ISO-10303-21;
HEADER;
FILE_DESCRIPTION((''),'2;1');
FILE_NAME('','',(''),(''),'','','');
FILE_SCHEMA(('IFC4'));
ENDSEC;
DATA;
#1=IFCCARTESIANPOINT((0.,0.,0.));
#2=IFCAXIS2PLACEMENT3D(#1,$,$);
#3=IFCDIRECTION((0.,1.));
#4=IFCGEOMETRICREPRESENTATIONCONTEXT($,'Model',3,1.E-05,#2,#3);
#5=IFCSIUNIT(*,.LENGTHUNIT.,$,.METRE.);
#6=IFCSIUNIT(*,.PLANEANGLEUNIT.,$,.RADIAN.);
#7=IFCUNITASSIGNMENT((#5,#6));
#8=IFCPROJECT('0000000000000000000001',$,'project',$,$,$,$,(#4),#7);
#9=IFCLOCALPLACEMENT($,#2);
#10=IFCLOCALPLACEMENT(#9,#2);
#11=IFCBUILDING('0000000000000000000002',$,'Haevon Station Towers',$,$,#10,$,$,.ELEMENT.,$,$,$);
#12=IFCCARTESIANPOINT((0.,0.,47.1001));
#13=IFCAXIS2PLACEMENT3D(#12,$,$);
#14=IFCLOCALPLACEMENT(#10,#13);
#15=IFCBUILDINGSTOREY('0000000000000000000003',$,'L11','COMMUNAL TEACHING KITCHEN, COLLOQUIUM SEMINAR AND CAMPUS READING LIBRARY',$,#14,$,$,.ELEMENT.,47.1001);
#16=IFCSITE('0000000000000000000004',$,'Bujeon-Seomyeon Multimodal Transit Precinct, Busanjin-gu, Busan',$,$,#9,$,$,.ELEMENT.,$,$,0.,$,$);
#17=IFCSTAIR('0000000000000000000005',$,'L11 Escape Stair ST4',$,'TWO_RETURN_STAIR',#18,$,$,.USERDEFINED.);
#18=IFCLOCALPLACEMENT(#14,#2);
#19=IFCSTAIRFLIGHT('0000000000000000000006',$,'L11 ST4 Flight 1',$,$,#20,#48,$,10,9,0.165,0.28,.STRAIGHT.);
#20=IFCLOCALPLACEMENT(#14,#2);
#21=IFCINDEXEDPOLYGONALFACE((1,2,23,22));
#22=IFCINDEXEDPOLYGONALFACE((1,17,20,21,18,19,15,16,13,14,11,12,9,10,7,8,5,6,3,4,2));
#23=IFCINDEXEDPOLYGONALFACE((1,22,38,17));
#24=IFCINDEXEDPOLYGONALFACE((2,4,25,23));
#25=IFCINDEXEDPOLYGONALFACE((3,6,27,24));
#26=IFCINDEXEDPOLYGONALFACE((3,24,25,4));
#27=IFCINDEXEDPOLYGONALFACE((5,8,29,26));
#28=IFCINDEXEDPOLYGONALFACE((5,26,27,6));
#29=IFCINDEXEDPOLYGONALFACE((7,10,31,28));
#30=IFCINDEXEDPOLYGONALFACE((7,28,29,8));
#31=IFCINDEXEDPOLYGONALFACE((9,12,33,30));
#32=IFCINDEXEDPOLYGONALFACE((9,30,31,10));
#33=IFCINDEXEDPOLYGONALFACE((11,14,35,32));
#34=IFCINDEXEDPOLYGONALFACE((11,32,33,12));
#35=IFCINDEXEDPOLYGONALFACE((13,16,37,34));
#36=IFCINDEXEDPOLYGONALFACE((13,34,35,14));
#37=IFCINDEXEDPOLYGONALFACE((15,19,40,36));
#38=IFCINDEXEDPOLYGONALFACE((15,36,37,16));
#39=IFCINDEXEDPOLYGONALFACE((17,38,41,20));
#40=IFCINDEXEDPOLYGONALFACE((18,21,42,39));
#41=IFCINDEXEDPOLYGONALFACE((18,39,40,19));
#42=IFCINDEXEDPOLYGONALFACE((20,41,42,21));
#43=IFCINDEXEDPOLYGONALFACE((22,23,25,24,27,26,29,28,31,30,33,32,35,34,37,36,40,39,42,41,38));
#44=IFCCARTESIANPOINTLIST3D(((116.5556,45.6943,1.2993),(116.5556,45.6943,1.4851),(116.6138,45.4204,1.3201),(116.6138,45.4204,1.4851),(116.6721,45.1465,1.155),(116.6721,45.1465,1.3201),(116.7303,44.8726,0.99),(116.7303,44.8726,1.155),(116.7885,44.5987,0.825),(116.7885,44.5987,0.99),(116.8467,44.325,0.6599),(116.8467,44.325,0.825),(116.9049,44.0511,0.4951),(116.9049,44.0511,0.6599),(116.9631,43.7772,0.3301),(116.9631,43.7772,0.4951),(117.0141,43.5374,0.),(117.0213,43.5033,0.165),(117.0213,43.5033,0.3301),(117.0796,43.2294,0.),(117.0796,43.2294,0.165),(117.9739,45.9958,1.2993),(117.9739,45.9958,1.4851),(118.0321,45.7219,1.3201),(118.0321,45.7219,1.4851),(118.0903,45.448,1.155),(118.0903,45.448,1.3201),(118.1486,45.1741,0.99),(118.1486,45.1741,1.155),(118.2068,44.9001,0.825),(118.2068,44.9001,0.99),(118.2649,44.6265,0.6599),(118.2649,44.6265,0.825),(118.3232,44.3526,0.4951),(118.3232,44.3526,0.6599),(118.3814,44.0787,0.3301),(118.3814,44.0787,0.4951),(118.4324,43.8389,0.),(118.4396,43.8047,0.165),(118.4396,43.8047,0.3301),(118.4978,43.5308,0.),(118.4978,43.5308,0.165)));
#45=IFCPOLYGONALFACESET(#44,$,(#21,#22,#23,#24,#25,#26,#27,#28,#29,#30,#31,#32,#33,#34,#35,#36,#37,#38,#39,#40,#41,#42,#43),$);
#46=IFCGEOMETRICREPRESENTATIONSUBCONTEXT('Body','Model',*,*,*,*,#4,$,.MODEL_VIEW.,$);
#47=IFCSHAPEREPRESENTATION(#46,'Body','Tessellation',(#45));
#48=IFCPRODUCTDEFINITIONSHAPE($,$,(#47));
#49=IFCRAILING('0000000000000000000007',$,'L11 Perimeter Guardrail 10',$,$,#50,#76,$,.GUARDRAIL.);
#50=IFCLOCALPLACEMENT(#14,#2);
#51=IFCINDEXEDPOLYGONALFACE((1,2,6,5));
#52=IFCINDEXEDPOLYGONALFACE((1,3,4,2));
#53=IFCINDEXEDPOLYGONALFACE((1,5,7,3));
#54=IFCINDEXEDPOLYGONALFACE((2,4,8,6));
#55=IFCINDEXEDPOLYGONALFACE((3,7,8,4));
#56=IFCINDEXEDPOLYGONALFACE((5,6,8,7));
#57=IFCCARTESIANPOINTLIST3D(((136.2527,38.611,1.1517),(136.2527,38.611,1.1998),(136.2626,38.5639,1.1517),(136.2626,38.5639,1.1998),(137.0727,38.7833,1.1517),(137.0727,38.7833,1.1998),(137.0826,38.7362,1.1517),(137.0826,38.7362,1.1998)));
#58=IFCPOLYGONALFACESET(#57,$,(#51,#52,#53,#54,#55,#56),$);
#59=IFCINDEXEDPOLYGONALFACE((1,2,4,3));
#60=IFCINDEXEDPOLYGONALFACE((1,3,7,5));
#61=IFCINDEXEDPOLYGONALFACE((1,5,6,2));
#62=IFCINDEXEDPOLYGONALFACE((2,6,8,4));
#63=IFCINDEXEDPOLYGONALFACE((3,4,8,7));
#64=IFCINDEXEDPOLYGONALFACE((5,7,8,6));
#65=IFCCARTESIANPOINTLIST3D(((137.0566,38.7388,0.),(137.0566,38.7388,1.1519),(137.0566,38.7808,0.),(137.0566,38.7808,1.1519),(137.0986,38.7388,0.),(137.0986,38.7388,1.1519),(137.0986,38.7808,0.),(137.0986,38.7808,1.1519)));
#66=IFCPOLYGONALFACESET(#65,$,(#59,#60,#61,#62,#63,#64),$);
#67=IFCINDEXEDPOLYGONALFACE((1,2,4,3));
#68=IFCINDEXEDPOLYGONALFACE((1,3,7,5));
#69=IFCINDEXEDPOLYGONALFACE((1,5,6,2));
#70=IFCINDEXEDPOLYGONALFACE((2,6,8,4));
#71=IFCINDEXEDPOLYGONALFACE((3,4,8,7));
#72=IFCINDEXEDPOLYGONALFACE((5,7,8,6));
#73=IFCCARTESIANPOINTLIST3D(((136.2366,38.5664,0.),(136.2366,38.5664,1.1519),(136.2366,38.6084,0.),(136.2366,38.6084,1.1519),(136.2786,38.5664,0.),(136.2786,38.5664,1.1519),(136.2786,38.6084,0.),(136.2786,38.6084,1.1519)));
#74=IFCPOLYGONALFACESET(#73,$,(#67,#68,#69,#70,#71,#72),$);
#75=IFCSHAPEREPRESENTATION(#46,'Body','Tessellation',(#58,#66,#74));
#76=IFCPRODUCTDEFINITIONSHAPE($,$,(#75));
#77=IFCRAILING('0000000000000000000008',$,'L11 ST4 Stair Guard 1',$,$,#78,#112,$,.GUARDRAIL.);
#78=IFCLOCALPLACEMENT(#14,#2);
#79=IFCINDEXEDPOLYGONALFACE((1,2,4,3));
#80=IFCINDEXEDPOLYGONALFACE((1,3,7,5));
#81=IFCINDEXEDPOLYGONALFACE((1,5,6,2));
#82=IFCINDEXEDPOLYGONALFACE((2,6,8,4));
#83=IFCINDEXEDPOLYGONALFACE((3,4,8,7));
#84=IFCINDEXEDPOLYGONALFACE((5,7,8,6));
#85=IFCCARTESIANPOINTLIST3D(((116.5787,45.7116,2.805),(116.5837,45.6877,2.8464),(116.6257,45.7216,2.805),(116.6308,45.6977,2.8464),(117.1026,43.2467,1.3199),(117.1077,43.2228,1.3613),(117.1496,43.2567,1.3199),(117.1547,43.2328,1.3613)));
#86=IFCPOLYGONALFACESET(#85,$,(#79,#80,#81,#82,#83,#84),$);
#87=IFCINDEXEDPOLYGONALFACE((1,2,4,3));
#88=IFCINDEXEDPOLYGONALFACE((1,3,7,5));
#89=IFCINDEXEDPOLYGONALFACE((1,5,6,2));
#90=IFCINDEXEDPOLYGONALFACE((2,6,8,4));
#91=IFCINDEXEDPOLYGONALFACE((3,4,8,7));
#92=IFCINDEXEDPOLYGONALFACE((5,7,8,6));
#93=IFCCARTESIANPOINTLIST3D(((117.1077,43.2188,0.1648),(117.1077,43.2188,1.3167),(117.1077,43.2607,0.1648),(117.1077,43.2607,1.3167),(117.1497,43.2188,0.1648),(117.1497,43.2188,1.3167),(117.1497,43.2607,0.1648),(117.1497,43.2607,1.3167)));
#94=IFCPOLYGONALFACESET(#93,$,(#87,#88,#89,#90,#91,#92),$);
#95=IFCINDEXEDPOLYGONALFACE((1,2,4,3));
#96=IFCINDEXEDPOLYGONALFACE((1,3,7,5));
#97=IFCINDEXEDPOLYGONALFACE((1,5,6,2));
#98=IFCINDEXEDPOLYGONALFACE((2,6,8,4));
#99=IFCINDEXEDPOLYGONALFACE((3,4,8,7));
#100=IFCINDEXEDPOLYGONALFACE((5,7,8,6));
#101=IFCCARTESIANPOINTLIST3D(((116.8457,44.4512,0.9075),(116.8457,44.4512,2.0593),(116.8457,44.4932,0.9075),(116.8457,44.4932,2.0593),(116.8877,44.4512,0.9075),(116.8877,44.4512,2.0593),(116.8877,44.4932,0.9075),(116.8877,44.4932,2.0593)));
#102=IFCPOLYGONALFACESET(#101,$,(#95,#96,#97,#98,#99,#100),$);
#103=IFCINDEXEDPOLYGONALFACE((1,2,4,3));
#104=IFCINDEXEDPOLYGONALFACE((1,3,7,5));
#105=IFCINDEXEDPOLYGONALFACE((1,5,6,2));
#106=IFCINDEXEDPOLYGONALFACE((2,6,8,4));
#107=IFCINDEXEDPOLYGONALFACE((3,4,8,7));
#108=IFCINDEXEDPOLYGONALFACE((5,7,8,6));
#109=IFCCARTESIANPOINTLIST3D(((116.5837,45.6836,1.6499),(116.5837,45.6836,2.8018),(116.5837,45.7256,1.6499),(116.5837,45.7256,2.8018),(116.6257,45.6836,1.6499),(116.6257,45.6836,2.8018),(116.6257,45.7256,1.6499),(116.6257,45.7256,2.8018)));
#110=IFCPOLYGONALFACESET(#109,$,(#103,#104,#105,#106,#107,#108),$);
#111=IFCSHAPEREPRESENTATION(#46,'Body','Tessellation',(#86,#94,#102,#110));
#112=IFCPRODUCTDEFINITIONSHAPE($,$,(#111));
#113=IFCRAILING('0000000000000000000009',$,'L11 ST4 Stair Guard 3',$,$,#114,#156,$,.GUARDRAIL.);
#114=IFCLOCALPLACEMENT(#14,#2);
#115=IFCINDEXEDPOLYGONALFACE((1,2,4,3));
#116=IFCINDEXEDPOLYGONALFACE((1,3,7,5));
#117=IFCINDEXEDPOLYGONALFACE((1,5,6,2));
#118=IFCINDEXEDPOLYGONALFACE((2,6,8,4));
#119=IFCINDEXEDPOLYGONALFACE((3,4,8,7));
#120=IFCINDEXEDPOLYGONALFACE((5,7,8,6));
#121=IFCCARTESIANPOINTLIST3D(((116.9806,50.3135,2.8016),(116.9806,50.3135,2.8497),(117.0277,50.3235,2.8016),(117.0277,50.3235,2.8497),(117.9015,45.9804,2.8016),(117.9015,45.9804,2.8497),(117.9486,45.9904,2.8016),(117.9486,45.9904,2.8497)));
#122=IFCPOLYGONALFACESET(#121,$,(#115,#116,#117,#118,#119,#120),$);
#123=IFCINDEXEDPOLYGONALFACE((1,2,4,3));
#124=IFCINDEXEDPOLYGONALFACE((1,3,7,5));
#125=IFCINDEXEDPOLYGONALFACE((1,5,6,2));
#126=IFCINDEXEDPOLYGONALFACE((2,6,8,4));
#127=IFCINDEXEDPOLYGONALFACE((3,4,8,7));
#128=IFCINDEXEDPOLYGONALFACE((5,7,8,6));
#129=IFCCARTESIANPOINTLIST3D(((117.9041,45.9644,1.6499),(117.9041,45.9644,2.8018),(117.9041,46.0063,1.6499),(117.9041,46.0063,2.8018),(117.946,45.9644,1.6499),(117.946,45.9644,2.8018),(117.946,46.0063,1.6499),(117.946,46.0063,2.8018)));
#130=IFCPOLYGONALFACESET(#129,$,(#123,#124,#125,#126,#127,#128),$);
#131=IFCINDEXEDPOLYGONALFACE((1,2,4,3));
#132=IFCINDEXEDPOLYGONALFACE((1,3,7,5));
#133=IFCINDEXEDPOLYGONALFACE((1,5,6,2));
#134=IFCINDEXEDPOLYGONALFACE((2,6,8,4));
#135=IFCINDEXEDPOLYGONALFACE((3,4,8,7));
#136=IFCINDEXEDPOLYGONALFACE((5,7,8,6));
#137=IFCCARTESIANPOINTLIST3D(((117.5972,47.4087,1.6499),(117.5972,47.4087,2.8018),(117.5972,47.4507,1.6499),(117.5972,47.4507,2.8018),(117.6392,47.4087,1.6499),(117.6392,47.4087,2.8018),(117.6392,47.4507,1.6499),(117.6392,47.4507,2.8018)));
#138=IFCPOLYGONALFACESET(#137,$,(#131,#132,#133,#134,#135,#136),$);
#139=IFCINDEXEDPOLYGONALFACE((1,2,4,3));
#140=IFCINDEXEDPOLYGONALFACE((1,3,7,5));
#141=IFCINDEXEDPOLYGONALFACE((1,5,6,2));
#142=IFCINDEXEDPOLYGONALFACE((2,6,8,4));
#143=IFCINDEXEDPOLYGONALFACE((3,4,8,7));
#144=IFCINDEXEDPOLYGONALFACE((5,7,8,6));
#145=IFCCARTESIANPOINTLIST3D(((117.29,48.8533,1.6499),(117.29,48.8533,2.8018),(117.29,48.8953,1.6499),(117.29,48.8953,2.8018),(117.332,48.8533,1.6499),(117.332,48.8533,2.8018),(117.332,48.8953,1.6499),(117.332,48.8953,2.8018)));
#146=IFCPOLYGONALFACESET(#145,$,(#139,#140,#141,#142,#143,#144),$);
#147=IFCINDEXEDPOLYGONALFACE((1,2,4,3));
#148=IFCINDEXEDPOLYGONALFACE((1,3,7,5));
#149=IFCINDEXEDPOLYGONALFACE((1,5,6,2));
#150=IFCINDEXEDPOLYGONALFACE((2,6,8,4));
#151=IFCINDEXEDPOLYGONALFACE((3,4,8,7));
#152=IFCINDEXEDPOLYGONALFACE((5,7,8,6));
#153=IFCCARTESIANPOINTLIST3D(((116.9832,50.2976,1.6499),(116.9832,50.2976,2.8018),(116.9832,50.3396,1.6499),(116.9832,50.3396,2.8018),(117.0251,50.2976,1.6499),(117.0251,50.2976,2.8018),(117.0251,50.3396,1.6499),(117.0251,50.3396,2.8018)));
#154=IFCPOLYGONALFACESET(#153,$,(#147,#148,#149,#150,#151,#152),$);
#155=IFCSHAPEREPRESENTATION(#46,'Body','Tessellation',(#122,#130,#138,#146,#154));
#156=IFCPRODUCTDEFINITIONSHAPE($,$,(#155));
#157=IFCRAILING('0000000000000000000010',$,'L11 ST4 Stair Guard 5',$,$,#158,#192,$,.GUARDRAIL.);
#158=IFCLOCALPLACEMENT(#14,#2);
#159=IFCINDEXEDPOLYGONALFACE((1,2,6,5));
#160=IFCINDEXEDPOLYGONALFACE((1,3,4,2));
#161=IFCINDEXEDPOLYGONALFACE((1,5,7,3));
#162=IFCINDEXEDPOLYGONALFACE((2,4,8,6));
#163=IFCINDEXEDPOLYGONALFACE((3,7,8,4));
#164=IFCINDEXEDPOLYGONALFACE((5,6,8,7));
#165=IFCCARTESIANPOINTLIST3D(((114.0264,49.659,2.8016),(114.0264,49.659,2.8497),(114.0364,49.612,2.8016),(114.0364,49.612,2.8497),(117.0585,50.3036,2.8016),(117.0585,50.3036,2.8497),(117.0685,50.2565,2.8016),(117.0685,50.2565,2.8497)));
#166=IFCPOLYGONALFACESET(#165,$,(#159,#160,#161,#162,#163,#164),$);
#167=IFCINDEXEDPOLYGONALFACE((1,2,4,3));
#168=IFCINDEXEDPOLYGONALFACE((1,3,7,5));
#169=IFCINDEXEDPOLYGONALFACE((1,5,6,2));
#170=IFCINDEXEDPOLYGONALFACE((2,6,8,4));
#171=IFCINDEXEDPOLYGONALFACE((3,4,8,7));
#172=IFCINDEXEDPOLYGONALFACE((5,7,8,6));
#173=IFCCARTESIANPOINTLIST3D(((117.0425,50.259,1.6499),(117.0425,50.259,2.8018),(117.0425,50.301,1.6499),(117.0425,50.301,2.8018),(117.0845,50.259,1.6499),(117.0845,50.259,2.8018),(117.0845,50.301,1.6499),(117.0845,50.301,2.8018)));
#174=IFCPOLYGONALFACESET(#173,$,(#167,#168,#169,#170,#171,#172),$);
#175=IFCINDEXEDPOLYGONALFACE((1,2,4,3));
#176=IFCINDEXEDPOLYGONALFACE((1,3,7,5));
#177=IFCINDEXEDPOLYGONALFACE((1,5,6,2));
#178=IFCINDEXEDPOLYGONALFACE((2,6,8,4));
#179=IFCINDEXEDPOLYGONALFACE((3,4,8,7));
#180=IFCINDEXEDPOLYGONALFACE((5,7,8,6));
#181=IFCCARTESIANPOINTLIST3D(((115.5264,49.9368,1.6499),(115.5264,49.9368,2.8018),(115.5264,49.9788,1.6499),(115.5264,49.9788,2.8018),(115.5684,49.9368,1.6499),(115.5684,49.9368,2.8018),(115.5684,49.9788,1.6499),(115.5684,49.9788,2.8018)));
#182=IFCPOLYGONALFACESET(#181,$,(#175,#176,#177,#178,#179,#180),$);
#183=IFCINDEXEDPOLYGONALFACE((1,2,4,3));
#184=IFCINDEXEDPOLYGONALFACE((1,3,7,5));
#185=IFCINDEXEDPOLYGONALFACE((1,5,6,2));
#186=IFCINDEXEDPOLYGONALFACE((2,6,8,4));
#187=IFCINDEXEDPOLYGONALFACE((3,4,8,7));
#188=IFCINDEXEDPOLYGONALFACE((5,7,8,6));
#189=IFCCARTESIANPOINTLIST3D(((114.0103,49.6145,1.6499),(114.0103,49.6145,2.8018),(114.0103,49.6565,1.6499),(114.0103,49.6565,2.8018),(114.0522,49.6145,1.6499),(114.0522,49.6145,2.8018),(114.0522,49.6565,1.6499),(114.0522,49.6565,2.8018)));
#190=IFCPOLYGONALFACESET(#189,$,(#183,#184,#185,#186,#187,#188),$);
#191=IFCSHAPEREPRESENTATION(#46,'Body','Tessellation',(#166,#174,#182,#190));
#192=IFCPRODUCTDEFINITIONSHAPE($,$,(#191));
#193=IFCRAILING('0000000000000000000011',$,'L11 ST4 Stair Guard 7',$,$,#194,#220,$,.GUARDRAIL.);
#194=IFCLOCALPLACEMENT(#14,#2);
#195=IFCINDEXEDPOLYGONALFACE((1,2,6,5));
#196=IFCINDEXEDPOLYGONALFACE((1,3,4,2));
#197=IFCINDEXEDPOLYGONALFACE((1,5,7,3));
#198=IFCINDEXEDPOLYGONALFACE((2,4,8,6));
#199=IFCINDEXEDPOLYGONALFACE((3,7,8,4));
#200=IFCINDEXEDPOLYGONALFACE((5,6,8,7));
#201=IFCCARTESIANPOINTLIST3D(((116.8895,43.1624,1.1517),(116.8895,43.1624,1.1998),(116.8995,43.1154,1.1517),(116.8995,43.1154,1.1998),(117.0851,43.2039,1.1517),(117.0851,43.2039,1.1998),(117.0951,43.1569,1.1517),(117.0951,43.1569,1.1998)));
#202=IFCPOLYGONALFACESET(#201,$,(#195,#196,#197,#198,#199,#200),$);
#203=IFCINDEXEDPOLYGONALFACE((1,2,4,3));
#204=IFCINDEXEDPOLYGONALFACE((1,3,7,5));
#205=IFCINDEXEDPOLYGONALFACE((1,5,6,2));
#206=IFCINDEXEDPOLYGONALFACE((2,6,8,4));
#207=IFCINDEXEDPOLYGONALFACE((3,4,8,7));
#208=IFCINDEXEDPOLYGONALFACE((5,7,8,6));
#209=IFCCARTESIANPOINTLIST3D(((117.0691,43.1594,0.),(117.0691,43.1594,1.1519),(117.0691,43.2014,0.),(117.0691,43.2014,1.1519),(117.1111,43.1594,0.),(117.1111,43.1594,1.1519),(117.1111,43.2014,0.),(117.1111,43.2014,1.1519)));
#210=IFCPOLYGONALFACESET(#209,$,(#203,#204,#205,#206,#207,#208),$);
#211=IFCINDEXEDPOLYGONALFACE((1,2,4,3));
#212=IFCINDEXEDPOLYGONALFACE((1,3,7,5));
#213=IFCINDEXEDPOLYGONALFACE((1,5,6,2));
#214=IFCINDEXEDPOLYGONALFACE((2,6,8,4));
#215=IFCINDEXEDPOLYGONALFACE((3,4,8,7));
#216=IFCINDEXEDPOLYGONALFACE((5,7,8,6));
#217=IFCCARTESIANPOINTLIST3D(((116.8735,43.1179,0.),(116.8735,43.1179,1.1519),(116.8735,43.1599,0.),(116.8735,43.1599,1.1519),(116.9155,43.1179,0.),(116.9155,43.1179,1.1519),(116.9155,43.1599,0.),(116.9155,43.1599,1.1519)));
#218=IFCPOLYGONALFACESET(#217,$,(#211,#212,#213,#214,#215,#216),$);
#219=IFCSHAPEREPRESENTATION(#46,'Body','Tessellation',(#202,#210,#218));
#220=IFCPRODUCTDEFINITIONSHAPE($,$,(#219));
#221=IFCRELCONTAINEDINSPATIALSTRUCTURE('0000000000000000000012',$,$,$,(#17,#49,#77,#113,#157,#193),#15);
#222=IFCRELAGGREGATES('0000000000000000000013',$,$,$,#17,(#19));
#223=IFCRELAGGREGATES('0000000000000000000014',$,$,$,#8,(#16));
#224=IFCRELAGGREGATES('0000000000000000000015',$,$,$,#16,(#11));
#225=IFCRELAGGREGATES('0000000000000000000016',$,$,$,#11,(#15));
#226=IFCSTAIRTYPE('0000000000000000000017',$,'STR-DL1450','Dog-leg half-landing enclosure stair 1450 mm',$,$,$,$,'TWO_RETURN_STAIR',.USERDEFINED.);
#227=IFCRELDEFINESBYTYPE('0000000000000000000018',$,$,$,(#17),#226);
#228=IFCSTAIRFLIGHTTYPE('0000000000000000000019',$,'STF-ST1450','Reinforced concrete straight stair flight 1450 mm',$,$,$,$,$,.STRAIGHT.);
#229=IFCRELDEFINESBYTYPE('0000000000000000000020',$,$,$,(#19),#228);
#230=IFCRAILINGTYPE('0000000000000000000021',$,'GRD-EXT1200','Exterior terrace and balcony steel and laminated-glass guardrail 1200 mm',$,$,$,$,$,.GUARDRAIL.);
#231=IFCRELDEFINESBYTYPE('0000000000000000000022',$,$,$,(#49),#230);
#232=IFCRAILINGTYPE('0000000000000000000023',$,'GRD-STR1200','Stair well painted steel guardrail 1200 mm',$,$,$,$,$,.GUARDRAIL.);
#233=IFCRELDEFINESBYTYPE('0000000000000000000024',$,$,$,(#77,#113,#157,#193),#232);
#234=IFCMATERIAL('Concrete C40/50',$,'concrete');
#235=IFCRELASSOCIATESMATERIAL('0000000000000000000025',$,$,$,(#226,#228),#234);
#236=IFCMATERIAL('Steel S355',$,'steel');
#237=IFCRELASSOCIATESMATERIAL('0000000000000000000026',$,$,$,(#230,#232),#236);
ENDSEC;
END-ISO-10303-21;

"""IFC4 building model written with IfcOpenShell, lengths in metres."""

from ifc_helpers import new_model, si_unit, direction, frame, origin, origin_2d, place, context, subcontext, project, spatial, polyline, rectangle, outline, extrude, material, type_object, element, aggregate, save


model = new_model("IFC4")

# Units and contexts
model_context = context("Model", 3, precision=1e-05, world=origin(), true_north=direction((0.0, 1.0)))
body_context = subcontext(model_context, "Body", "Model", "MODEL_VIEW")
ifc_project = project(units=[si_unit("LENGTHUNIT", "METRE"), si_unit("PLANEANGLEUNIT", "RADIAN")], contexts=[model_context])

# Site, building, storey
site_placement = place(None, origin())
site = spatial("IfcSite", under=ifc_project, at=site_placement, Name="Bujeon-Seomyeon Multimodal Transit Precinct, Busanjin-gu, Busan", CompositionType="ELEMENT", RefElevation=0.0)
building_placement = place(site_placement, origin())
building = spatial("IfcBuilding", under=site, at=building_placement, Name="Haevon Station Towers", CompositionType="ELEMENT")
storey_placement = place(building_placement, frame((0.0, 0.0, 47.1001)))
storey = spatial("IfcBuildingStorey", under=building, at=storey_placement, Name="L11", Description="COMMUNAL TEACHING KITCHEN, COLLOQUIUM SEMINAR AND CAMPUS READING LIBRARY", CompositionType="ELEMENT", Elevation=47.1001)

# Shared definitions
ifc_material_1 = material(Name="Steel S355", Category="steel")

# Stair, stair flight
ifc_material_2 = material(Name="Concrete C40/50", Category="concrete")
stair_type = type_object("IfcStairType", Name="STR-DL1450", Description="Dog-leg half-landing enclosure stair 1450 mm", ElementType="TWO_RETURN_STAIR", PredefinedType="USERDEFINED", material=ifc_material_2)
stair_placement = place(storey_placement, origin())
stair = element("IfcStair", 1, at=stair_placement, inside=storey, type_object=stair_type, Name="L11 Escape Stair ST4", ObjectType="TWO_RETURN_STAIR", PredefinedType="USERDEFINED")
stair_flight_type = type_object("IfcStairFlightType", Name="STF-ST1450", Description="Reinforced concrete straight stair flight 1450 mm", PredefinedType="STRAIGHT", material=ifc_material_2)
stair_flight_placement = place(storey_placement, frame((117.7888, 43.3801, 0.0), z_axis=(0.0, 0.0, 1.0), x_axis=(-0.207912, 0.978148, 0.0)))
stair_flight = element("IfcStairFlight", 2, at=stair_flight_placement, type_object=stair_flight_type, Name="L11 ST4 Flight 1", NumberOfRisers=10, NumberOfTreads=9, PredefinedType="STRAIGHT", RiserHeight=0.165, TreadLength=0.28, context=body_context, shape_type="SweptSolid", body=[
    extrude(outline(polyline([(0.0, 0.0), (0.0, 0.165), (0.28, 0.165), (0.28, 0.3301), (0.5601, 0.3301), (0.5601, 0.4951), (0.8401, 0.4951), (0.8401, 0.6599), (1.1201, 0.6599), (1.1201, 0.825), (1.3999, 0.825), (1.3999, 0.99), (1.6799, 0.99), (1.6799, 1.155), (1.96, 1.155), (1.96, 1.3201), (2.24, 1.3201), (2.24, 1.4851), (2.52, 1.4851), (2.52, 1.6499), (2.52, 1.2993), (0.3149, 0.0), (0.0, 0.0)])), frame((0.0, 0.7251, 0.0), z_axis=(0.0, -1.0, 0.0), x_axis=(1.0, 0.0, 0.0)), (0.0, 0.0, 1.0), 1.45),
])
aggregate(stair, [stair_flight])

# Railings
railing_type_1 = type_object("IfcRailingType", Name="GRD-EXT1200", Description="Exterior terrace and balcony steel and laminated-glass guardrail 1200 mm", PredefinedType="GUARDRAIL", material=ifc_material_1)
railing_1_placement = place(storey_placement, frame((137.0776, 38.7598, 0.0)))
element("IfcRailing", 3, at=railing_1_placement, inside=storey, type_object=railing_type_1, Name="L11 Perimeter Guardrail 10", PredefinedType="GUARDRAIL", context=body_context, shape_type="SweptSolid", body=[
    extrude(rectangle(XDim=0.0481, YDim=0.0481, at=origin_2d()), frame((0.0, 0.0, 1.1758), z_axis=(-0.978618, -0.205687, 0.0), x_axis=(0.205687, -0.978618, 0.0)), (0.0, 0.0, 1.0), 0.8379),
    extrude(rectangle(XDim=0.042, YDim=0.042, at=origin_2d()), origin(), (0.0, 0.0, 1.0), 1.1519),
    extrude(rectangle(XDim=0.042, YDim=0.042, at=origin_2d()), frame((-0.8201, -0.1724, 0.0)), (0.0, 0.0, 1.0), 1.1519),
])
railing_type_2 = type_object("IfcRailingType", Name="GRD-STR1200", Description="Stair well painted steel guardrail 1200 mm", PredefinedType="GUARDRAIL", material=ifc_material_1)
railing_2_placement = place(storey_placement, frame((117.1287, 43.2397, 0.1648)))
element("IfcRailing", 4, at=railing_2_placement, inside=storey, type_object=railing_type_2, Name="L11 ST4 Stair Guard 1", PredefinedType="GUARDRAIL", context=body_context, shape_type="SweptSolid", body=[
    extrude(rectangle(XDim=0.0481, YDim=0.0481, at=origin_2d()), frame((0.0, 0.0, 1.1758), z_axis=(-0.179121, 0.842688, 0.507733), x_axis=(-0.978147, -0.207914, 0.0)), (0.0, 0.0, 1.0), 2.925),
    extrude(rectangle(XDim=0.042, YDim=0.042, at=origin_2d()), origin(), (0.0, 0.0, 1.0), 1.1519),
    extrude(rectangle(XDim=0.042, YDim=0.042, at=origin_2d()), frame((-0.262, 1.2324, 0.7427)), (0.0, 0.0, 1.0), 1.1519),
    extrude(rectangle(XDim=0.042, YDim=0.042, at=origin_2d()), frame((-0.5239, 2.4648, 1.4851)), (0.0, 0.0, 1.0), 1.1519),
])
railing_3_placement = place(storey_placement, frame((117.925, 45.9854, 1.6499)))
element("IfcRailing", 5, at=railing_3_placement, inside=storey, type_object=railing_type_2, Name="L11 ST4 Stair Guard 3", PredefinedType="GUARDRAIL", context=body_context, shape_type="SweptSolid", body=[
    extrude(rectangle(XDim=0.0481, YDim=0.0481, at=origin_2d()), frame((0.0, 0.0, 1.1758), z_axis=(-0.207877, 0.978155, 0.0), x_axis=(-0.978155, -0.207877, 0.0)), (0.0, 0.0, 1.0), 4.4299),
    extrude(rectangle(XDim=0.042, YDim=0.042, at=origin_2d()), origin(), (0.0, 0.0, 1.0), 1.1519),
    extrude(rectangle(XDim=0.042, YDim=0.042, at=origin_2d()), frame((-0.3069, 1.4443, 0.0)), (0.0, 0.0, 1.0), 1.1519),
    extrude(rectangle(XDim=0.042, YDim=0.042, at=origin_2d()), frame((-0.614, 2.8889, 0.0)), (0.0, 0.0, 1.0), 1.1519),
    extrude(rectangle(XDim=0.042, YDim=0.042, at=origin_2d()), frame((-0.9209, 4.3333, 0.0)), (0.0, 0.0, 1.0), 1.1519),
])
railing_4_placement = place(storey_placement, frame((117.0635, 50.28, 1.6499)))
element("IfcRailing", 6, at=railing_4_placement, inside=storey, type_object=railing_type_2, Name="L11 ST4 Stair Guard 5", PredefinedType="GUARDRAIL", context=body_context, shape_type="SweptSolid", body=[
    extrude(rectangle(XDim=0.0481, YDim=0.0481, at=origin_2d()), frame((0.0, 0.0, 1.1758), z_axis=(-0.978147, -0.207915, 0.0), x_axis=(0.207915, -0.978147, 0.0)), (0.0, 0.0, 1.0), 3.0999),
    extrude(rectangle(XDim=0.042, YDim=0.042, at=origin_2d()), origin(), (0.0, 0.0, 1.0), 1.1519),
    extrude(rectangle(XDim=0.042, YDim=0.042, at=origin_2d()), frame((-1.5161, -0.3223, 0.0)), (0.0, 0.0, 1.0), 1.1519),
    extrude(rectangle(XDim=0.042, YDim=0.042, at=origin_2d()), frame((-3.0322, -0.6445, 0.0)), (0.0, 0.0, 1.0), 1.1519),
])
railing_5_placement = place(storey_placement, frame((117.0901, 43.1804, 0.0)))
element("IfcRailing", 7, at=railing_5_placement, inside=storey, type_object=railing_type_2, Name="L11 ST4 Stair Guard 7", PredefinedType="GUARDRAIL", context=body_context, shape_type="SweptSolid", body=[
    extrude(rectangle(XDim=0.0481, YDim=0.0481, at=origin_2d()), frame((0.0, 0.0, 1.1758), z_axis=(-0.978212, -0.20761, 0.0), x_axis=(0.20761, -0.978212, 0.0)), (0.0, 0.0, 1.0), 0.2),
    extrude(rectangle(XDim=0.042, YDim=0.042, at=origin_2d()), origin(), (0.0, 0.0, 1.0), 1.1519),
    extrude(rectangle(XDim=0.042, YDim=0.042, at=origin_2d()), frame((-0.1956, -0.0415, 0.0)), (0.0, 0.0, 1.0), 1.1519),
])

save(model, "model.ifc")
